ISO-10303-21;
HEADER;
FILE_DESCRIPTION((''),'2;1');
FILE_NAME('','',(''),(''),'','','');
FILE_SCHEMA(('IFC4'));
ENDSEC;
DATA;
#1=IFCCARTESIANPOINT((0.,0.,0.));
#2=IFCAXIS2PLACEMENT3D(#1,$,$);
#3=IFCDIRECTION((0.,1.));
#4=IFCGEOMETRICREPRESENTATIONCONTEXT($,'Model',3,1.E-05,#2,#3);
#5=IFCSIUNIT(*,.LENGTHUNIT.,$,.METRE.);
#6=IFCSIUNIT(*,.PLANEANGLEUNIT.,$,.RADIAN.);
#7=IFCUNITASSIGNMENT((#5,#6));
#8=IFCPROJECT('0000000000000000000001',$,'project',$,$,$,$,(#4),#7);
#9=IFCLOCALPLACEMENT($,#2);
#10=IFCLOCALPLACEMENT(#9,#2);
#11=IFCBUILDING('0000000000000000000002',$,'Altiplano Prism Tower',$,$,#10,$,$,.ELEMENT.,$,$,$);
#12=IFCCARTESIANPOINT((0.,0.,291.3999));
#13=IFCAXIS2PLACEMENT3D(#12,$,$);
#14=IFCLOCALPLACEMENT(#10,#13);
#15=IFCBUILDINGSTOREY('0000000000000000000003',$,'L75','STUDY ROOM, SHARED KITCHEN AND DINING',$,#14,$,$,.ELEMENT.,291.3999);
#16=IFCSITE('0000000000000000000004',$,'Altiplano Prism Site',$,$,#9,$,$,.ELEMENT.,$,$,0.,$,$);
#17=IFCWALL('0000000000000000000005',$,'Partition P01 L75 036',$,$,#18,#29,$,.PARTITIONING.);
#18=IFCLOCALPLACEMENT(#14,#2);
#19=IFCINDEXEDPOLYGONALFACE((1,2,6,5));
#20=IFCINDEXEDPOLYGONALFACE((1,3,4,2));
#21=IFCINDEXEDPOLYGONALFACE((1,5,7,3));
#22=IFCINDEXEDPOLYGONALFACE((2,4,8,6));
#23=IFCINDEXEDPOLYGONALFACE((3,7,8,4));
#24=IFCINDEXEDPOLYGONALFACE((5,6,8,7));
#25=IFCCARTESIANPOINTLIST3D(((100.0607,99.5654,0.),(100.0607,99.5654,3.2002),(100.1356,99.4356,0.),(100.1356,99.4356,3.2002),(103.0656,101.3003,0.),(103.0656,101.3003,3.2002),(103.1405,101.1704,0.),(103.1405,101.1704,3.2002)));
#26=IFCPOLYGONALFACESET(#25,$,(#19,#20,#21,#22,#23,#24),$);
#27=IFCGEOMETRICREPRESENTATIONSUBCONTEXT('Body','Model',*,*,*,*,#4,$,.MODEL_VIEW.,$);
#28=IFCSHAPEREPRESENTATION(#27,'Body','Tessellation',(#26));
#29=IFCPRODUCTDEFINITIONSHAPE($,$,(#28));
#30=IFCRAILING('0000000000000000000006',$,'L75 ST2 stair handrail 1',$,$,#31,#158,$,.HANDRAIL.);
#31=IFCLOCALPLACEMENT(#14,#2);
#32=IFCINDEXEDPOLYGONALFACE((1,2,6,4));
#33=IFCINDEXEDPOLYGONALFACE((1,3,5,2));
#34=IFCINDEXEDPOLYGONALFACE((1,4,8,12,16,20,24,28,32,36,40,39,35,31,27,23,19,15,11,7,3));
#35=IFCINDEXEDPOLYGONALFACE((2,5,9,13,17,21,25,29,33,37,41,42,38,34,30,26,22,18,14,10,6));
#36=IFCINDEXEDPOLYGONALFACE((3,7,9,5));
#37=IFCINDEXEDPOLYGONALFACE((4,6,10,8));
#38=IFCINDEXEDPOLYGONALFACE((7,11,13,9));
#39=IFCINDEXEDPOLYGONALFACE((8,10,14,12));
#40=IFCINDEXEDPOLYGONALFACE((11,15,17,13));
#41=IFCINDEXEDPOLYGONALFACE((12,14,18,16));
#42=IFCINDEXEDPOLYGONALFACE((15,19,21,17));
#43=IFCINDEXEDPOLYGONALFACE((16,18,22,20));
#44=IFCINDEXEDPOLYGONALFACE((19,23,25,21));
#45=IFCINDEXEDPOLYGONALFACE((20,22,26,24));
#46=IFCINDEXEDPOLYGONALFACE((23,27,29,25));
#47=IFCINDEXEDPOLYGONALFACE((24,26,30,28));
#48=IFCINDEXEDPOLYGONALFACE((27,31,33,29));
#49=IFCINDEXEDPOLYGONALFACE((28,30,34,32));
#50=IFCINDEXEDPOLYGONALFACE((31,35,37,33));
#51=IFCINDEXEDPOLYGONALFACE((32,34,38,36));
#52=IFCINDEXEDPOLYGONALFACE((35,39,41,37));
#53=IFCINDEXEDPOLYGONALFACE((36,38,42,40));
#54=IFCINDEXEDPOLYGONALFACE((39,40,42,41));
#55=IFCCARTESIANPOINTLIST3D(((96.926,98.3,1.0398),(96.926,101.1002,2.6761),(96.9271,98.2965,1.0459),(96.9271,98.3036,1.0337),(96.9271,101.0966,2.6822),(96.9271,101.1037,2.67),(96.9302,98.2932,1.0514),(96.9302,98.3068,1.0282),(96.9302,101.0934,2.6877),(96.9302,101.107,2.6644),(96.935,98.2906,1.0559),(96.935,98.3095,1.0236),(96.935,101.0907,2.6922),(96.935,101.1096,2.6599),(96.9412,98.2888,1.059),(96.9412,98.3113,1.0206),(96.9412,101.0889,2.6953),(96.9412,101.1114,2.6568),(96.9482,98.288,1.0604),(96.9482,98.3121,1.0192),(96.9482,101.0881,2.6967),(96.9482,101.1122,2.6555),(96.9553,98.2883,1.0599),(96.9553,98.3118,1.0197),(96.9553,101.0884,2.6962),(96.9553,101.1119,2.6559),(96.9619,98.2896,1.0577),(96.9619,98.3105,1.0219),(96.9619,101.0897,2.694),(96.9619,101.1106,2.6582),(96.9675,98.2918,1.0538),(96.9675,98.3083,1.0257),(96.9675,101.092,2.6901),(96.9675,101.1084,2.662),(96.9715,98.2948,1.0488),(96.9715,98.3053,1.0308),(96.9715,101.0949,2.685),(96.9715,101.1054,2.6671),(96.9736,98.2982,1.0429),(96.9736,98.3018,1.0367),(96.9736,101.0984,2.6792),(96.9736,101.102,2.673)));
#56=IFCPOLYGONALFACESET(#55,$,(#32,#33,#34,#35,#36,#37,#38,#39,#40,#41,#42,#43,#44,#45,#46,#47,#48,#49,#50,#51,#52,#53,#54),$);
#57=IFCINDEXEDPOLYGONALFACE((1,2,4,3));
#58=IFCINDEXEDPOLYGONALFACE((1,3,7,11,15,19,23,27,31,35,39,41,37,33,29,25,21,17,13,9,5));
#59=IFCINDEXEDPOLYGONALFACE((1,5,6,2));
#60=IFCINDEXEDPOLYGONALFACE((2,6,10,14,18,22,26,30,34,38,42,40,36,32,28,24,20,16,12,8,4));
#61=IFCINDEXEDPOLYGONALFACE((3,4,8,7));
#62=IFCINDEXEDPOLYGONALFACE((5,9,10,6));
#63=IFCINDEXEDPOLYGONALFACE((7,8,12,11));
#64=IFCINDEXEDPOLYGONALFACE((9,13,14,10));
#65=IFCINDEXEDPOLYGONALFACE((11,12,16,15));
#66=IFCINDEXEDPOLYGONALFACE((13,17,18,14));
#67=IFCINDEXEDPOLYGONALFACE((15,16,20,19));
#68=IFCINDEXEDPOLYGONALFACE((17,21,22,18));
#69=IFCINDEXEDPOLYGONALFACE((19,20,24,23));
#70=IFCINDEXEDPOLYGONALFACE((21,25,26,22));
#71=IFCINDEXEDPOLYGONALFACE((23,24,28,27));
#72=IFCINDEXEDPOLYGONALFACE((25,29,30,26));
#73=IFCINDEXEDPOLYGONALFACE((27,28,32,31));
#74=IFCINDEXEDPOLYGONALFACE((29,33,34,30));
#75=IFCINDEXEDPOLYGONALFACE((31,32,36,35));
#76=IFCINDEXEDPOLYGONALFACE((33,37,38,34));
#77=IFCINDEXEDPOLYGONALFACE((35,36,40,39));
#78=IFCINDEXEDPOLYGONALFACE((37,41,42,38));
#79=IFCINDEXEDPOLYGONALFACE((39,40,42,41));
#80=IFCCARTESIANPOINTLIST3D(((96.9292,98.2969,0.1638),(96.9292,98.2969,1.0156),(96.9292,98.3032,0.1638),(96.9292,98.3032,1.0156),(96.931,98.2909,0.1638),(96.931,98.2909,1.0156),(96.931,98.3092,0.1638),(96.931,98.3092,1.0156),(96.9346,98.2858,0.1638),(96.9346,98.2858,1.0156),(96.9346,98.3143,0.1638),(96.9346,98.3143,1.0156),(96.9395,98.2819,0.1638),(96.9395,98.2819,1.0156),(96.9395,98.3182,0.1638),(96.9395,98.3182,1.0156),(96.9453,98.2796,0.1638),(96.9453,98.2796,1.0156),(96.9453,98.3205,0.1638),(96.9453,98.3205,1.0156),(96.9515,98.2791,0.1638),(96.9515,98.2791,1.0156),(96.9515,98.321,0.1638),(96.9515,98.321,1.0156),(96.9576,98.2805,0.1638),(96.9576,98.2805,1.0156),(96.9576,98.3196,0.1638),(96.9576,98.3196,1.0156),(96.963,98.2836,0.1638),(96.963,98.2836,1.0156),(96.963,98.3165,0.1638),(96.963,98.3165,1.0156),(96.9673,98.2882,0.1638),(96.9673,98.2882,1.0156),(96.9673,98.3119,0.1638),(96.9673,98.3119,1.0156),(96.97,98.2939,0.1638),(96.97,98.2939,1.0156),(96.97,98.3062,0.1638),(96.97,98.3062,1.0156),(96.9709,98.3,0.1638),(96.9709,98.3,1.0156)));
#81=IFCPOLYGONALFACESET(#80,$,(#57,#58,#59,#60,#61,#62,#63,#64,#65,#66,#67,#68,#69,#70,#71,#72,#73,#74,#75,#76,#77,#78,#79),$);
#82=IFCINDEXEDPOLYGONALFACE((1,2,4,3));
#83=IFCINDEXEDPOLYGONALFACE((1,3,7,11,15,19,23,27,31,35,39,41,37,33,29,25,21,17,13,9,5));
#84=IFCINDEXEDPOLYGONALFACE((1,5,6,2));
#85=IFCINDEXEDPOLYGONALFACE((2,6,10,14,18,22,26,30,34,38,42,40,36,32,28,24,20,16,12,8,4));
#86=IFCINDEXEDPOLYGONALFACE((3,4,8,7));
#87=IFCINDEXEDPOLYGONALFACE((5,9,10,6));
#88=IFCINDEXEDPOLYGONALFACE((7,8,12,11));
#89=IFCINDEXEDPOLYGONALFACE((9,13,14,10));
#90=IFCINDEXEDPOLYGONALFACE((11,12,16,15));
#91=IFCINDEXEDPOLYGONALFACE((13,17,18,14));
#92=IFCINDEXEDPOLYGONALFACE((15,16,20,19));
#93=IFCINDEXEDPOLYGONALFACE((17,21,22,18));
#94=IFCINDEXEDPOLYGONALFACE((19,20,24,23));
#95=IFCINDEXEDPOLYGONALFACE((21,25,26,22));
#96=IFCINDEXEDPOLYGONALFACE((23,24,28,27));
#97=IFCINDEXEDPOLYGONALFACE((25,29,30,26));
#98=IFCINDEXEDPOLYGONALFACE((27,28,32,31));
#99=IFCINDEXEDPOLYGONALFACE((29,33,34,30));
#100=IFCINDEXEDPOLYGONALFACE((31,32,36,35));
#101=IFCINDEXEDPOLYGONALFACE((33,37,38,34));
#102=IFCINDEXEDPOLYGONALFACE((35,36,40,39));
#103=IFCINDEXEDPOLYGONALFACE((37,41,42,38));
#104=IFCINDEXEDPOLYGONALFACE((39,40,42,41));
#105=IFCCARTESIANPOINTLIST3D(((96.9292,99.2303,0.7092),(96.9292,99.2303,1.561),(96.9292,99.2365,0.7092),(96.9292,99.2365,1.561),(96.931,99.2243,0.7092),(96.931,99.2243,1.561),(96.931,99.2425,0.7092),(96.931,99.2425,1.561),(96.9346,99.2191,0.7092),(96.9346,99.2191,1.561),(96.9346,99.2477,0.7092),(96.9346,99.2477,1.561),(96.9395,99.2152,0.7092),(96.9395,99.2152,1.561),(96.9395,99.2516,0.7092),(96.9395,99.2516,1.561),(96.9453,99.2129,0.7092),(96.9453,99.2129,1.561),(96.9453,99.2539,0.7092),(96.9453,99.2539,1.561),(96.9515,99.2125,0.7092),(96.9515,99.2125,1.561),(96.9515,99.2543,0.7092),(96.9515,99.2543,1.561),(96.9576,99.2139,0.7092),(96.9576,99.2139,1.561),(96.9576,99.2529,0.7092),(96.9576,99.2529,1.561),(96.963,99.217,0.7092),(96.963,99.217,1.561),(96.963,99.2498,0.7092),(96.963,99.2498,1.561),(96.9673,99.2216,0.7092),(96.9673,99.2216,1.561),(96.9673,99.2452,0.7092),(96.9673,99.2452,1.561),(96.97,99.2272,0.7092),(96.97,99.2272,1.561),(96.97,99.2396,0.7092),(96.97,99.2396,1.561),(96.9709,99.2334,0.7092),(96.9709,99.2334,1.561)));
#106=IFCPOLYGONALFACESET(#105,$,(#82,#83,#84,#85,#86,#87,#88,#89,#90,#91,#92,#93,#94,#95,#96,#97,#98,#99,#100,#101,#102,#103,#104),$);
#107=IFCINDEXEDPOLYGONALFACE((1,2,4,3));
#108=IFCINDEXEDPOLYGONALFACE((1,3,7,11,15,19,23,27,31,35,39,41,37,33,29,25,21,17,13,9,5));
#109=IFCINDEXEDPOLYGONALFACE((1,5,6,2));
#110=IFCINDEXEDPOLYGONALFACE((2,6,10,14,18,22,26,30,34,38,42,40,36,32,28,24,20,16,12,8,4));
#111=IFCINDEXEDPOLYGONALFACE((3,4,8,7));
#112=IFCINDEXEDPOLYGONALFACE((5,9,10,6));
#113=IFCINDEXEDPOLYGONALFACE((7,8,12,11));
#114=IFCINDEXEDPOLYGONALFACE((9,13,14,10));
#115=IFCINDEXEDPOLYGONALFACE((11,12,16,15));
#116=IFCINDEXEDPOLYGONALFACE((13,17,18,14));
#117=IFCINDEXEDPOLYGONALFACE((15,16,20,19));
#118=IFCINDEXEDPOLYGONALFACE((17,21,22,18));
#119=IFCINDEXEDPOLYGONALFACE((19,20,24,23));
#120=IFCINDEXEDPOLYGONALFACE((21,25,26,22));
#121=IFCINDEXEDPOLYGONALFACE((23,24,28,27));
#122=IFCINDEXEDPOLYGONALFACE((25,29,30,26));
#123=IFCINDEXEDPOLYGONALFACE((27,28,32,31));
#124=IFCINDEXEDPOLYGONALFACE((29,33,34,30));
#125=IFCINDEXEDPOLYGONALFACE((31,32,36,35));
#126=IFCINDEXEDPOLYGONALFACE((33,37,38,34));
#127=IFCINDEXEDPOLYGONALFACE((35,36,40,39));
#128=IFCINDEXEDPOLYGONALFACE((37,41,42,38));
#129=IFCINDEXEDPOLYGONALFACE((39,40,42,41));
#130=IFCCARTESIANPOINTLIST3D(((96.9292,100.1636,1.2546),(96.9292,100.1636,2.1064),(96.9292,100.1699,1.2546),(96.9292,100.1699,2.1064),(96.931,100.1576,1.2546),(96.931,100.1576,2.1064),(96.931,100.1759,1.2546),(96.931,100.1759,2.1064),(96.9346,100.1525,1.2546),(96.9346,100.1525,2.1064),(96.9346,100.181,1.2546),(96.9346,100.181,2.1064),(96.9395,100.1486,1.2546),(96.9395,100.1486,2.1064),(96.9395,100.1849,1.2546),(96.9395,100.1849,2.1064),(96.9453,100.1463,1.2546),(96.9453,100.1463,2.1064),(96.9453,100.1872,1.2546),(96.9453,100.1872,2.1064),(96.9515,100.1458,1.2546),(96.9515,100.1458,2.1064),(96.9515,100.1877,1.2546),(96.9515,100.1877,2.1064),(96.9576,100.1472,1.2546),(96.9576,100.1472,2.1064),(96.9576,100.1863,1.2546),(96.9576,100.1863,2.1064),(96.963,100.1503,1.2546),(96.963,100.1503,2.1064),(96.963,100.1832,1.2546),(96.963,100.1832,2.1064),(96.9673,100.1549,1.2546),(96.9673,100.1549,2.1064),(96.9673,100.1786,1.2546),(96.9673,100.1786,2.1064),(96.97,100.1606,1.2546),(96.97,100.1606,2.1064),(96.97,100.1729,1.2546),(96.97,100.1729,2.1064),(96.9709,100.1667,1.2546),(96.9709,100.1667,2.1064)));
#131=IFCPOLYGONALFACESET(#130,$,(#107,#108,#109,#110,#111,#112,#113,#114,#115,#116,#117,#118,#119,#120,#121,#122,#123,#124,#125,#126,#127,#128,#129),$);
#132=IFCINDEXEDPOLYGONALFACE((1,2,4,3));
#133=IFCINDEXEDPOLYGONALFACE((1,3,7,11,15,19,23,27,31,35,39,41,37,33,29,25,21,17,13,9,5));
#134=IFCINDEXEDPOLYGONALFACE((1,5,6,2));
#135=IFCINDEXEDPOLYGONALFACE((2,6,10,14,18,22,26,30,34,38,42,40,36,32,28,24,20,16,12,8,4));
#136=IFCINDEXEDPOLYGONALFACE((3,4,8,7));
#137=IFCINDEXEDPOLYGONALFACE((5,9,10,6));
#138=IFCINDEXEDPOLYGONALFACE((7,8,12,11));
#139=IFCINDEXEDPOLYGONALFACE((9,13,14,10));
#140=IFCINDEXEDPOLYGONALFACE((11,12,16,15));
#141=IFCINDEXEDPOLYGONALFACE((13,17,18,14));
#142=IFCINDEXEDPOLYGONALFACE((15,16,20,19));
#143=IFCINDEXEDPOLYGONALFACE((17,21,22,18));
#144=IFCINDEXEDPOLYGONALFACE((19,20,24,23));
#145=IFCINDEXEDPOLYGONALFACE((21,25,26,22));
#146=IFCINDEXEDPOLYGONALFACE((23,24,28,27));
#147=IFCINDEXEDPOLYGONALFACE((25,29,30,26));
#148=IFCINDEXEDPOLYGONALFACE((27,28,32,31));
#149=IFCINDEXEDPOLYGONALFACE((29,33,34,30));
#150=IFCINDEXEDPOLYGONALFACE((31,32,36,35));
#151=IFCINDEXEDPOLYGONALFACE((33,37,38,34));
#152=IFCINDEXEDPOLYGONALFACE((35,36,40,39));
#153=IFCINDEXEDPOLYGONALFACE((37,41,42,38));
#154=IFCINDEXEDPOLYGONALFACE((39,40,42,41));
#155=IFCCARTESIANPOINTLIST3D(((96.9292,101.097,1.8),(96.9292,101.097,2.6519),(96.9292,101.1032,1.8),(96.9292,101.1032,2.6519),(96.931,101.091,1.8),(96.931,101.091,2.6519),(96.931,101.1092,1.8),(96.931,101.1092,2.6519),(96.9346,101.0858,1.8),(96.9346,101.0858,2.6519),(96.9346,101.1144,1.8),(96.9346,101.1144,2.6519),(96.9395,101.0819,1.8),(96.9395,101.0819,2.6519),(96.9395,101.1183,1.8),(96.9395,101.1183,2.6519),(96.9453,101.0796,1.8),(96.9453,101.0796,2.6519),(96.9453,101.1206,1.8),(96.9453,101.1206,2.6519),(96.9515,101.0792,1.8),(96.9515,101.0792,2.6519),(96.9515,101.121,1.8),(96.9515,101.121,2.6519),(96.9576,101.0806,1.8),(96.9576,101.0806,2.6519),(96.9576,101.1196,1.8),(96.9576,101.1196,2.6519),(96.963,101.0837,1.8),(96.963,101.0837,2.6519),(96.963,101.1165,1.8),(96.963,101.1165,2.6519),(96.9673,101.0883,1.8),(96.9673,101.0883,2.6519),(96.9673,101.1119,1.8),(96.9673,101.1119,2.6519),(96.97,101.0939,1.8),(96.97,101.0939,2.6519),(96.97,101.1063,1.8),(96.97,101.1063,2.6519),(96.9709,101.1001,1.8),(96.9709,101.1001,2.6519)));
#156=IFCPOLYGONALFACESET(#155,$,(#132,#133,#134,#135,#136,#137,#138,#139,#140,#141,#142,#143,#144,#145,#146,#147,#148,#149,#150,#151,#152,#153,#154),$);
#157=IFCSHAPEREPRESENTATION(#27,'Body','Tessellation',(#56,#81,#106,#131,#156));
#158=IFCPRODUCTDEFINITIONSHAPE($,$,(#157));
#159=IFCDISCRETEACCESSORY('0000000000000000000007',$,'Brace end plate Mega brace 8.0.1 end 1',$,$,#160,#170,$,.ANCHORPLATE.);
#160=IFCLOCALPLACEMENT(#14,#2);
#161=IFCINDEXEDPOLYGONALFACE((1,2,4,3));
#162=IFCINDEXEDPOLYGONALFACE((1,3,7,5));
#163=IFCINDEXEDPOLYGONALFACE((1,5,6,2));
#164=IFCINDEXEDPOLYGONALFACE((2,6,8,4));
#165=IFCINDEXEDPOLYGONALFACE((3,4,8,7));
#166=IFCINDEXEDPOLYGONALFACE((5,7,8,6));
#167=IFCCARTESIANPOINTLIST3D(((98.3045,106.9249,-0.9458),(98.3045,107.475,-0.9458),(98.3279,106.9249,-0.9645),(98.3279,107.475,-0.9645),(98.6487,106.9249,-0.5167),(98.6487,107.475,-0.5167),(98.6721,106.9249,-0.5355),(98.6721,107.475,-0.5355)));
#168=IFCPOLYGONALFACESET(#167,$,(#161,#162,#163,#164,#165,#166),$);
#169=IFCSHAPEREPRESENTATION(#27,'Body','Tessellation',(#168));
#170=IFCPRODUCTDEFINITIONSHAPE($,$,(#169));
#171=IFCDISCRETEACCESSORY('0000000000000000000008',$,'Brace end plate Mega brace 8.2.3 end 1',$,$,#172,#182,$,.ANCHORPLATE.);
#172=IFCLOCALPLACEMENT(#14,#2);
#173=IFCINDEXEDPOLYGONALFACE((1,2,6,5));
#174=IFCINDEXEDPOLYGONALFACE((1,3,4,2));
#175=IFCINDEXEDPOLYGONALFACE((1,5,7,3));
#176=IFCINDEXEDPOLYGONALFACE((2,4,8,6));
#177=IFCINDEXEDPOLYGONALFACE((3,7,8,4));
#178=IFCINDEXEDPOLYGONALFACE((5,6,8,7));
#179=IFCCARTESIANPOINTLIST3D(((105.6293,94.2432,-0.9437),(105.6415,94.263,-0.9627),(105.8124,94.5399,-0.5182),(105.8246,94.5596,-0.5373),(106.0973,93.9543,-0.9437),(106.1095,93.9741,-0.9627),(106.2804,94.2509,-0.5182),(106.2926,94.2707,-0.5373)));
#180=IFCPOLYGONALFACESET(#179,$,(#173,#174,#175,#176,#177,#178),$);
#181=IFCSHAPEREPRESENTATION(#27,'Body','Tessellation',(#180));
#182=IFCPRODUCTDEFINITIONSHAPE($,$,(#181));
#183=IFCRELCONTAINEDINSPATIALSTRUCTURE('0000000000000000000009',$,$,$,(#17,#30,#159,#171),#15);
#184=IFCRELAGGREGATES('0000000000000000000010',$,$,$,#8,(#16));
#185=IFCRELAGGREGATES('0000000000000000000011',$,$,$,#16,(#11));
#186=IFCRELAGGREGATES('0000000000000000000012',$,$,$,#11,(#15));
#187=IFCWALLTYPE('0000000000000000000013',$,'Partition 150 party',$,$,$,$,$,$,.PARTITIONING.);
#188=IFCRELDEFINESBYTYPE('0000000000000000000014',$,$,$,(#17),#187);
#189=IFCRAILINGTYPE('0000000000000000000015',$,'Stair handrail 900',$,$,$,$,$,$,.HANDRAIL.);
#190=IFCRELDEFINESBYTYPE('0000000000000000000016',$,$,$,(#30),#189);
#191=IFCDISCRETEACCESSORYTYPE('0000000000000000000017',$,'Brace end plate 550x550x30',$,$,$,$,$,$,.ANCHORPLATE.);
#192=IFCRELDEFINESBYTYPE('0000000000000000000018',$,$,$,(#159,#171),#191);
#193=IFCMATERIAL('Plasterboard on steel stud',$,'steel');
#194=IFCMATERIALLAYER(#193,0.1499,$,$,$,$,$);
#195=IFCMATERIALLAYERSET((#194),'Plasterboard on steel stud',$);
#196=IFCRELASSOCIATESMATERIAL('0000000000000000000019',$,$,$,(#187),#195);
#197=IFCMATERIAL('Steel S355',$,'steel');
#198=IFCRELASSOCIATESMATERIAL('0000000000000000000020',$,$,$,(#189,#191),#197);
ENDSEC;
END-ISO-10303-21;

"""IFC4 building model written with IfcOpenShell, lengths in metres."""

from ifc_helpers import new_model, si_unit, direction, frame, frame_2d, origin, origin_2d, place, context, subcontext, project, spatial, rectangle, circle, extrude, material, layer, layer_set, material_profile, profile_set, type_object, element, save


model = new_model("IFC4")

# Units and contexts
model_context = context("Model", 3, precision=1e-05, world=origin(), true_north=direction((0.0, 1.0)))
body_context = subcontext(model_context, "Body", "Model", "MODEL_VIEW")
ifc_project = project(units=[si_unit("LENGTHUNIT", "METRE"), si_unit("PLANEANGLEUNIT", "RADIAN")], contexts=[model_context])

# Site, building, storey
site_placement = place(None, origin())
site = spatial("IfcSite", under=ifc_project, at=site_placement, Name="Altiplano Prism Site", CompositionType="ELEMENT", RefElevation=0.0)
building_placement = place(site_placement, origin())
building = spatial("IfcBuilding", under=site, at=building_placement, Name="Altiplano Prism Tower", CompositionType="ELEMENT")
storey_placement = place(building_placement, frame((0.0, 0.0, 291.3999)))
storey = spatial("IfcBuildingStorey", under=building, at=storey_placement, Name="L75", Description="STUDY ROOM, SHARED KITCHEN AND DINING", CompositionType="ELEMENT", Elevation=291.3999)

# Shared definitions
ifc_material_1 = material(Name="Steel S355", Category="steel")

# Shared definitions
ifc_material_2 = material(Name="Plasterboard on steel stud", Category="steel")

# Wall
ifc_layer_1 = layer(ifc_material_2, 0.1499)
ifc_layer_set_1 = layer_set([ifc_layer_1], Name="Plasterboard on steel stud")
wall_type_1 = type_object("IfcWallType", Name="Partition 150 party", PredefinedType="PARTITIONING", material=ifc_layer_set_1)
wall_1_placement = place(storey_placement, frame((103.103, 101.2354, 0.0), z_axis=(0.0, 0.0, 1.0), x_axis=(-0.866026, -0.499999, 0.0)))
element("IfcWall", 1, at=wall_1_placement, inside=storey, type_object=wall_type_1, Name="Partition P01 L75 036", PredefinedType="PARTITIONING", context=body_context, shape_type="SweptSolid", body=[
    extrude(rectangle(XDim=3.4697, YDim=0.1499, at=frame_2d((1.7349, 0.0))), origin(), (0.0, 0.0, 1.0), 3.2002),
])

# Railing
railing_type = type_object("IfcRailingType", Name="Stair handrail 900", PredefinedType="HANDRAIL", material=ifc_material_1)
railing_placement = place(storey_placement, frame((96.95, 98.3, 0.1638)))
element("IfcRailing", 2, at=railing_placement, inside=storey, type_object=railing_type, Name="L75 ST2 stair handrail 1", PredefinedType="HANDRAIL", context=body_context, shape_type="SweptSolid", body=[
    extrude(circle(Radius=0.0239, at=origin_2d()), frame((0.0, 0.0, 0.876), z_axis=(0.0, 0.863394, 0.504531), x_axis=(-1.0, 0.0, 0.0)), (0.0, 0.0, 1.0), 3.2432),
    extrude(circle(Radius=0.021, at=origin_2d()), origin(), (0.0, 0.0, 1.0), 0.8518),
    extrude(circle(Radius=0.021, at=origin_2d()), frame((0.0, 0.9333, 0.5454)), (0.0, 0.0, 1.0), 0.8518),
    extrude(circle(Radius=0.021, at=origin_2d()), frame((0.0, 1.8667, 1.0908)), (0.0, 0.0, 1.0), 0.8518),
    extrude(circle(Radius=0.021, at=origin_2d()), frame((0.0, 2.8, 1.6362)), (0.0, 0.0, 1.0), 0.8518),
])

# Discrete accessories
ifc_material_profile_1 = material_profile(ifc_material_1, rectangle(XDim=0.55, YDim=0.55, at=origin_2d()), Name="Brace end plate 550x550x30")
ifc_profile_set_1 = profile_set([ifc_material_profile_1], Name="Steel S355")
discrete_accessory_type = type_object("IfcDiscreteAccessoryType", Name="Brace end plate 550x550x30", PredefinedType="ANCHORPLATE", material=ifc_profile_set_1)
for number, where, z_axis, x_axis, name in (
    (3, (98.5, 107.2, -0.75), (-0.780075, 0.0, 0.625685), (0.0, -1.0, 0.0), "Brace end plate Mega brace 8.0.1 end 1"),
    (4, (105.967, 94.2668, -0.75), (-0.406289, -0.658189, 0.633811), (0.850936, -0.525269, 0.0), "Brace end plate Mega brace 8.2.3 end 1"),
):
    element("IfcDiscreteAccessory", number, at=place(storey_placement, frame(where, z_axis=z_axis, x_axis=x_axis)), inside=storey, type_object=discrete_accessory_type, Name=name, PredefinedType="ANCHORPLATE", context=body_context, shape_type="SweptSolid", body=[
        extrude(rectangle(XDim=0.55, YDim=0.55, at=origin_2d()), origin(), (0.0, 0.0, 1.0), 0.03),
    ])

save(model, "model.ifc")
